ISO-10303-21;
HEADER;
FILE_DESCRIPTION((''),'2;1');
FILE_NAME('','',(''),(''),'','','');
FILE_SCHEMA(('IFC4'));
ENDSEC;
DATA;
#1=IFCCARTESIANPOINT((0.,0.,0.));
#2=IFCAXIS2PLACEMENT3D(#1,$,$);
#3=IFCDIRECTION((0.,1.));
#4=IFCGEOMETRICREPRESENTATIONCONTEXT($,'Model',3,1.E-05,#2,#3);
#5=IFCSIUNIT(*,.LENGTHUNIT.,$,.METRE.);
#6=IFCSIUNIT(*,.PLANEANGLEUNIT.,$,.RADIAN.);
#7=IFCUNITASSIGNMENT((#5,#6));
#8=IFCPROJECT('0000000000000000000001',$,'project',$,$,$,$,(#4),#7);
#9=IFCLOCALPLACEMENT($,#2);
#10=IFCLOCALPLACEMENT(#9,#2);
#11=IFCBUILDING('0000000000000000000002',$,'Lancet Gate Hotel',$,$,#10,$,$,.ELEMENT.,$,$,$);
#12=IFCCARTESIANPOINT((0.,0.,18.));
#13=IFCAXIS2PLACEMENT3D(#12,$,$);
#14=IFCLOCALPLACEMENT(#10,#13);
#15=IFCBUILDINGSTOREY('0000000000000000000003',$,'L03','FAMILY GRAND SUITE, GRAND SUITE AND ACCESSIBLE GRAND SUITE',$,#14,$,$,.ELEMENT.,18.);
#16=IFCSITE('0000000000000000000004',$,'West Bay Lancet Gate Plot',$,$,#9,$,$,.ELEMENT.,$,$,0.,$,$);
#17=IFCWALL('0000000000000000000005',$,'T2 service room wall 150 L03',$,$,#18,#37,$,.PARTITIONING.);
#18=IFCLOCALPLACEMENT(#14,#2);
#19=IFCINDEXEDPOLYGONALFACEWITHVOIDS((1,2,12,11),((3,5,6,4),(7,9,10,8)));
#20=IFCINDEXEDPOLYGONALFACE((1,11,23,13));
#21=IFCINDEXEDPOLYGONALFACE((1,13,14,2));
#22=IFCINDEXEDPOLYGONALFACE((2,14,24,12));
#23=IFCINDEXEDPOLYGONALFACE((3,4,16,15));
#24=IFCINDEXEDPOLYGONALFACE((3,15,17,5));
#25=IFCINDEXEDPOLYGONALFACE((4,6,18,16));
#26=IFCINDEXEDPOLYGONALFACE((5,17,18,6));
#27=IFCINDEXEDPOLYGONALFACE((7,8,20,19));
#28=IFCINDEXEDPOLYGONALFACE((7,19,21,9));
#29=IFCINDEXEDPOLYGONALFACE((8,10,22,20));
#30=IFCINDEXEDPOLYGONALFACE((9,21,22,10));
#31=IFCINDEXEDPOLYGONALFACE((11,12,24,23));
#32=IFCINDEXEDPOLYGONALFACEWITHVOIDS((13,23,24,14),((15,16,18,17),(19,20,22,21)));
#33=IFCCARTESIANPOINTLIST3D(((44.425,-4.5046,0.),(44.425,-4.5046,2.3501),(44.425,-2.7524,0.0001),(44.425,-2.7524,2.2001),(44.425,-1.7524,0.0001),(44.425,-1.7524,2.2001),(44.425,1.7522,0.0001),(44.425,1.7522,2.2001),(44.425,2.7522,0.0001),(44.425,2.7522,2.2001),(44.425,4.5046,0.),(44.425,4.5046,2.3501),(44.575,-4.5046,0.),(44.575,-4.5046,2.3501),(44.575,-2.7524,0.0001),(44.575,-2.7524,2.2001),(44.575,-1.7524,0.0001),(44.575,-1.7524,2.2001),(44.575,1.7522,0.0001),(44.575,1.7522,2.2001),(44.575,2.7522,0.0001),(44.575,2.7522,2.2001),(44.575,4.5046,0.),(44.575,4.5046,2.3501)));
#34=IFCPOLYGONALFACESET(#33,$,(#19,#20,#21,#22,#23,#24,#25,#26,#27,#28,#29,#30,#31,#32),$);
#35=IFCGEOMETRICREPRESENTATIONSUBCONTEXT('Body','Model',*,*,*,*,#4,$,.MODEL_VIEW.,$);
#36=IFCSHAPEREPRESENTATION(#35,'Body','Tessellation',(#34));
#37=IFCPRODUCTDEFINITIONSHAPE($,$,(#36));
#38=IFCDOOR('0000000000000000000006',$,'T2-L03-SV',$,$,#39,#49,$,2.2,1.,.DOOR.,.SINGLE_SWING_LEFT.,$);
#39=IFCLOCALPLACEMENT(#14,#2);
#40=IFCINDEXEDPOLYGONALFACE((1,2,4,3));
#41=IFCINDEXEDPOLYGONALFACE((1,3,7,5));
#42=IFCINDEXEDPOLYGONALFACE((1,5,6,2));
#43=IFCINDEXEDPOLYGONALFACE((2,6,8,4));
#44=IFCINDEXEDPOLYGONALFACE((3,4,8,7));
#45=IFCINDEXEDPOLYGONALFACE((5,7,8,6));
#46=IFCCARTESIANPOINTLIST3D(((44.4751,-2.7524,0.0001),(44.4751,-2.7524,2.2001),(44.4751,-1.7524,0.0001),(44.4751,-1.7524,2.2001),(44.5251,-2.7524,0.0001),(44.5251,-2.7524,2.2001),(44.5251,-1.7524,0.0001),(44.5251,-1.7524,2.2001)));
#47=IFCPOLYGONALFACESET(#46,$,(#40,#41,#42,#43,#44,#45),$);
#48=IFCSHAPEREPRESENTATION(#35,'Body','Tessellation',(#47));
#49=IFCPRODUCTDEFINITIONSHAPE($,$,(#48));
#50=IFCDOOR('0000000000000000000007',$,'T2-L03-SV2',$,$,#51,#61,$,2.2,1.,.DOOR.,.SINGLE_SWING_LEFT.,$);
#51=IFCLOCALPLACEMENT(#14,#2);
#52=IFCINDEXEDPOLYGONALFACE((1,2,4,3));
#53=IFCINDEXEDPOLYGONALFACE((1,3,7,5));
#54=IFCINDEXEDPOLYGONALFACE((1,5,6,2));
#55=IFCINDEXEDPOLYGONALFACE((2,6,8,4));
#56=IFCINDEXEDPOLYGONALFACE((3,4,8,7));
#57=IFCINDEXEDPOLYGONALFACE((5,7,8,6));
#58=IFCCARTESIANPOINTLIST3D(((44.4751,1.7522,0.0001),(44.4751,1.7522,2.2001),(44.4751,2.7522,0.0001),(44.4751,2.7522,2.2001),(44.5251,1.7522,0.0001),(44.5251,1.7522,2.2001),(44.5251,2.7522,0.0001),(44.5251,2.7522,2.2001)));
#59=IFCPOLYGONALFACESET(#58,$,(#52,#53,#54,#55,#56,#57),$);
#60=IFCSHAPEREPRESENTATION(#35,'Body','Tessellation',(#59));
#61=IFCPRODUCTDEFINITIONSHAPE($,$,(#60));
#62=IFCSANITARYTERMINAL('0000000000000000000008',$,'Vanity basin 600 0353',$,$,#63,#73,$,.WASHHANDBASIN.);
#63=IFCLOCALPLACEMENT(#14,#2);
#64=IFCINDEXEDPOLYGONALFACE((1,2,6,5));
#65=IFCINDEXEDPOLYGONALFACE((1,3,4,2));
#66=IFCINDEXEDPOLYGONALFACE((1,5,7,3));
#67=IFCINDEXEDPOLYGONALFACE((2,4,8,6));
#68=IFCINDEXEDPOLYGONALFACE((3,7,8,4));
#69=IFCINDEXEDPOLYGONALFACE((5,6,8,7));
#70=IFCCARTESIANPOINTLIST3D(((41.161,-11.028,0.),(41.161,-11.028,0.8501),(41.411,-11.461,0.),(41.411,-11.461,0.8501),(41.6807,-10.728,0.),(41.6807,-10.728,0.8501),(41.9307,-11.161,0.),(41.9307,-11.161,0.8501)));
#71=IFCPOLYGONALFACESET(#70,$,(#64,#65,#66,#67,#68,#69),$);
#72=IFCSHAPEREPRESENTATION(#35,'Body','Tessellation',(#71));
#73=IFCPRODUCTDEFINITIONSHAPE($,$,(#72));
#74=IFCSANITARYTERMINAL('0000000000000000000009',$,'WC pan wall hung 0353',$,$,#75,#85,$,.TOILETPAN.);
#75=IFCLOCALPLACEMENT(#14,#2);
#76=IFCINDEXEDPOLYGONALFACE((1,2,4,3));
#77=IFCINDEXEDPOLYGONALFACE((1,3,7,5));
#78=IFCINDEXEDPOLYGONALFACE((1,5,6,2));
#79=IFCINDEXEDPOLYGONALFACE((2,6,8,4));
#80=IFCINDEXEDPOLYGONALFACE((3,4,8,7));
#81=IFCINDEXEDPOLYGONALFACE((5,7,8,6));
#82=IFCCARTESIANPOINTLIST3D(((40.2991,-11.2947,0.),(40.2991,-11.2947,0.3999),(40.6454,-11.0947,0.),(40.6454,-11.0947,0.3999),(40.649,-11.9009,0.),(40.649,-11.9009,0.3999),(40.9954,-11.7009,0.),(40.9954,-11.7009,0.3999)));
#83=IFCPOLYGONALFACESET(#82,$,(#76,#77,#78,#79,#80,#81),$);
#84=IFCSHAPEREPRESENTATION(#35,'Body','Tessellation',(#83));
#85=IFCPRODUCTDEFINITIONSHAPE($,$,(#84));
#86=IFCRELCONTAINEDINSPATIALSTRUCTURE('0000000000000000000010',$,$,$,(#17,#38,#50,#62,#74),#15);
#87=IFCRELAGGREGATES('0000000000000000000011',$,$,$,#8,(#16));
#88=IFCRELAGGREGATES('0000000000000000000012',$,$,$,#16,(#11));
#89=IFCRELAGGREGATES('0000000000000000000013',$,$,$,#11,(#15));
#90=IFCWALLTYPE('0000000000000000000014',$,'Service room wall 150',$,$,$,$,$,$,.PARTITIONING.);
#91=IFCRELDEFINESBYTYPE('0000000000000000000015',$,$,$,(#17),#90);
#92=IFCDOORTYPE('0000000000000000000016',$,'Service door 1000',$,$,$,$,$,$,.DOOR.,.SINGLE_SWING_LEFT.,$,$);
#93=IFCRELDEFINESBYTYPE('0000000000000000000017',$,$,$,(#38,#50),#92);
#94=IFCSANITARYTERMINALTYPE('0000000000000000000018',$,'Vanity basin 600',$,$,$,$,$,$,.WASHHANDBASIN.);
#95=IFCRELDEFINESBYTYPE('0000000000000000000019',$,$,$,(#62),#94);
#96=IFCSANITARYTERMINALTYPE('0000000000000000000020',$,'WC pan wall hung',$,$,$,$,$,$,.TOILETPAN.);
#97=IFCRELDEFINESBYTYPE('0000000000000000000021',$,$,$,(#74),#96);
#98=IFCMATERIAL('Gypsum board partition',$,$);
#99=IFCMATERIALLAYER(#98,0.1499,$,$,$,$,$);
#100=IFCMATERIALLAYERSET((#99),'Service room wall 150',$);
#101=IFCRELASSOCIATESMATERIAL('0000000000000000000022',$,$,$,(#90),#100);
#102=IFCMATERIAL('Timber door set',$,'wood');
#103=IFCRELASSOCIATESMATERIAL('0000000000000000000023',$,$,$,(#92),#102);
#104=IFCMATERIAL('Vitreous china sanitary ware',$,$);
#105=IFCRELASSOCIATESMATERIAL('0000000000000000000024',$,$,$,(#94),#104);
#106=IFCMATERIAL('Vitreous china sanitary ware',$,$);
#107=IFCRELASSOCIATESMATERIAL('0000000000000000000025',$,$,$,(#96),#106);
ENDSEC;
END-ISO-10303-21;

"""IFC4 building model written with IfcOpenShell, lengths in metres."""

from ifc_helpers import new_model, si_unit, direction, frame, frame_2d, origin, origin_2d, place, context, subcontext, project, spatial, rectangle, extrude, material, layer, layer_set, type_object, element, fill, save


model = new_model("IFC4")

# Units and contexts
model_context = context("Model", 3, precision=1e-05, world=origin(), true_north=direction((0.0, 1.0)))
body_context = subcontext(model_context, "Body", "Model", "MODEL_VIEW")
ifc_project = project(units=[si_unit("LENGTHUNIT", "METRE"), si_unit("PLANEANGLEUNIT", "RADIAN")], contexts=[model_context])

# Site, building, storey
site_placement = place(None, origin())
site = spatial("IfcSite", under=ifc_project, at=site_placement, Name="West Bay Lancet Gate Plot", CompositionType="ELEMENT", RefElevation=0.0)
building_placement = place(site_placement, origin())
building = spatial("IfcBuilding", under=site, at=building_placement, Name="Lancet Gate Hotel", CompositionType="ELEMENT")
storey_placement = place(building_placement, frame((0.0, 0.0, 18.0)))
storey = spatial("IfcBuildingStorey", under=building, at=storey_placement, Name="L03", Description="FAMILY GRAND SUITE, GRAND SUITE AND ACCESSIBLE GRAND SUITE", CompositionType="ELEMENT", Elevation=18.0)

# Shared definitions
ifc_material_1 = material(Name="Gypsum board partition")
ifc_layer_1 = layer(ifc_material_1, 0.1499)
ifc_layer_set_1 = layer_set([ifc_layer_1], Name="Service room wall 150")
wall_type_1 = type_object("IfcWallType", Name="Service room wall 150", PredefinedType="PARTITIONING", material=ifc_layer_set_1)
ifc_material_2 = material(Name="Timber door set", Category="wood")
door_type_1 = type_object("IfcDoorType", Name="Service door 1000", OperationType="SINGLE_SWING_LEFT", PredefinedType="DOOR", material=ifc_material_2)

# Wall, openings, doors
wall_1_placement = place(storey_placement, frame((44.5, -4.5046, 0.0), z_axis=(0.0, 0.0, 1.0), x_axis=(0.0, 1.0, 0.0)))
wall_1 = element("IfcWall", 1, at=wall_1_placement, inside=storey, type_object=wall_type_1, Name="T2 service room wall 150 L03", PredefinedType="PARTITIONING", context=body_context, shape_type="SweptSolid", body=[
    extrude(rectangle(XDim=9.0093, YDim=0.1499, at=frame_2d((4.5046, 0.0))), origin(), (0.0, 0.0, 1.0), 2.3501),
])
opening_1_placement = place(wall_1_placement, frame((1.7522, 0.0, 0.0)))
opening_1 = element("IfcOpeningElement", 2, at=opening_1_placement, cuts=wall_1, PredefinedType="OPENING", context=body_context, shape_type="SweptSolid", body=[
    extrude(rectangle(XDim=1.0, YDim=2.2, at=frame_2d((0.5, 1.1001))), frame((0.0, 0.085, 0.0), z_axis=(0.0, -1.0, 0.0), x_axis=(1.0, 0.0, 0.0)), (0.0, 0.0, 1.0), 0.1699),
])
opening_2_placement = place(wall_1_placement, frame((6.2568, 0.0, 0.0)))
opening_2 = element("IfcOpeningElement", 3, at=opening_2_placement, cuts=wall_1, PredefinedType="OPENING", context=body_context, shape_type="SweptSolid", body=[
    extrude(rectangle(XDim=1.0, YDim=2.2, at=frame_2d((0.5, 1.1001))), frame((0.0, 0.085, 0.0), z_axis=(0.0, -1.0, 0.0), x_axis=(1.0, 0.0, 0.0)), (0.0, 0.0, 1.0), 0.1699),
])
door_1_placement = place(opening_1_placement, origin())
door_1 = element("IfcDoor", 4, at=door_1_placement, inside=storey, type_object=door_type_1, Name="T2-L03-SV", OperationType="SINGLE_SWING_LEFT", OverallHeight=2.2, OverallWidth=1.0, PredefinedType="DOOR", context=body_context, shape_type="SweptSolid", body=[
    extrude(rectangle(XDim=1.0, YDim=2.2, at=frame_2d((0.5, 1.1001))), frame((0.0, 0.0249, 0.0), z_axis=(0.0, -1.0, 0.0), x_axis=(1.0, 0.0, 0.0)), (0.0, 0.0, 1.0), 0.05),
])
fill(opening_1, door_1)
door_2_placement = place(opening_2_placement, origin())
door_2 = element("IfcDoor", 5, at=door_2_placement, inside=storey, type_object=door_type_1, Name="T2-L03-SV2", OperationType="SINGLE_SWING_LEFT", OverallHeight=2.2, OverallWidth=1.0, PredefinedType="DOOR", context=body_context, shape_type="SweptSolid", body=[
    extrude(rectangle(XDim=1.0, YDim=2.2, at=frame_2d((0.5, 1.1001))), frame((0.0, 0.0249, 0.0), z_axis=(0.0, -1.0, 0.0), x_axis=(1.0, 0.0, 0.0)), (0.0, 0.0, 1.0), 0.05),
])
fill(opening_2, door_2)

# Sanitary terminals
ifc_material_3 = material(Name="Vitreous china sanitary ware")
sanitary_terminal_type_1 = type_object("IfcSanitaryTerminalType", Name="Vanity basin 600", PredefinedType="WASHHANDBASIN", material=ifc_material_3)
sanitary_terminal_1_placement = place(storey_placement, frame((41.5459, -11.0945, 0.0), z_axis=(0.0, 0.0, 1.0), x_axis=(-0.866025, -0.5, 0.0)))
element("IfcSanitaryTerminal", 6, at=sanitary_terminal_1_placement, inside=storey, type_object=sanitary_terminal_type_1, Name="Vanity basin 600 0353", PredefinedType="WASHHANDBASIN", context=body_context, shape_type="SweptSolid", body=[
    extrude(rectangle(XDim=0.6001, YDim=0.5, at=origin_2d()), origin(), (0.0, 0.0, 1.0), 0.8501),
])
ifc_material_4 = material(Name="Vitreous china sanitary ware")
sanitary_terminal_type_2 = type_object("IfcSanitaryTerminalType", Name="WC pan wall hung", PredefinedType="TOILETPAN", material=ifc_material_4)
sanitary_terminal_2_placement = place(storey_placement, frame((40.6472, -11.4978, 0.0), z_axis=(0.0, 0.0, 1.0), x_axis=(-0.866025, -0.5, 0.0)))
element("IfcSanitaryTerminal", 7, at=sanitary_terminal_2_placement, inside=storey, type_object=sanitary_terminal_type_2, Name="WC pan wall hung 0353", PredefinedType="TOILETPAN", context=body_context, shape_type="SweptSolid", body=[
    extrude(rectangle(XDim=0.3999, YDim=0.7, at=origin_2d()), origin(), (0.0, 0.0, 1.0), 0.3999),
])

save(model, "model.ifc")
